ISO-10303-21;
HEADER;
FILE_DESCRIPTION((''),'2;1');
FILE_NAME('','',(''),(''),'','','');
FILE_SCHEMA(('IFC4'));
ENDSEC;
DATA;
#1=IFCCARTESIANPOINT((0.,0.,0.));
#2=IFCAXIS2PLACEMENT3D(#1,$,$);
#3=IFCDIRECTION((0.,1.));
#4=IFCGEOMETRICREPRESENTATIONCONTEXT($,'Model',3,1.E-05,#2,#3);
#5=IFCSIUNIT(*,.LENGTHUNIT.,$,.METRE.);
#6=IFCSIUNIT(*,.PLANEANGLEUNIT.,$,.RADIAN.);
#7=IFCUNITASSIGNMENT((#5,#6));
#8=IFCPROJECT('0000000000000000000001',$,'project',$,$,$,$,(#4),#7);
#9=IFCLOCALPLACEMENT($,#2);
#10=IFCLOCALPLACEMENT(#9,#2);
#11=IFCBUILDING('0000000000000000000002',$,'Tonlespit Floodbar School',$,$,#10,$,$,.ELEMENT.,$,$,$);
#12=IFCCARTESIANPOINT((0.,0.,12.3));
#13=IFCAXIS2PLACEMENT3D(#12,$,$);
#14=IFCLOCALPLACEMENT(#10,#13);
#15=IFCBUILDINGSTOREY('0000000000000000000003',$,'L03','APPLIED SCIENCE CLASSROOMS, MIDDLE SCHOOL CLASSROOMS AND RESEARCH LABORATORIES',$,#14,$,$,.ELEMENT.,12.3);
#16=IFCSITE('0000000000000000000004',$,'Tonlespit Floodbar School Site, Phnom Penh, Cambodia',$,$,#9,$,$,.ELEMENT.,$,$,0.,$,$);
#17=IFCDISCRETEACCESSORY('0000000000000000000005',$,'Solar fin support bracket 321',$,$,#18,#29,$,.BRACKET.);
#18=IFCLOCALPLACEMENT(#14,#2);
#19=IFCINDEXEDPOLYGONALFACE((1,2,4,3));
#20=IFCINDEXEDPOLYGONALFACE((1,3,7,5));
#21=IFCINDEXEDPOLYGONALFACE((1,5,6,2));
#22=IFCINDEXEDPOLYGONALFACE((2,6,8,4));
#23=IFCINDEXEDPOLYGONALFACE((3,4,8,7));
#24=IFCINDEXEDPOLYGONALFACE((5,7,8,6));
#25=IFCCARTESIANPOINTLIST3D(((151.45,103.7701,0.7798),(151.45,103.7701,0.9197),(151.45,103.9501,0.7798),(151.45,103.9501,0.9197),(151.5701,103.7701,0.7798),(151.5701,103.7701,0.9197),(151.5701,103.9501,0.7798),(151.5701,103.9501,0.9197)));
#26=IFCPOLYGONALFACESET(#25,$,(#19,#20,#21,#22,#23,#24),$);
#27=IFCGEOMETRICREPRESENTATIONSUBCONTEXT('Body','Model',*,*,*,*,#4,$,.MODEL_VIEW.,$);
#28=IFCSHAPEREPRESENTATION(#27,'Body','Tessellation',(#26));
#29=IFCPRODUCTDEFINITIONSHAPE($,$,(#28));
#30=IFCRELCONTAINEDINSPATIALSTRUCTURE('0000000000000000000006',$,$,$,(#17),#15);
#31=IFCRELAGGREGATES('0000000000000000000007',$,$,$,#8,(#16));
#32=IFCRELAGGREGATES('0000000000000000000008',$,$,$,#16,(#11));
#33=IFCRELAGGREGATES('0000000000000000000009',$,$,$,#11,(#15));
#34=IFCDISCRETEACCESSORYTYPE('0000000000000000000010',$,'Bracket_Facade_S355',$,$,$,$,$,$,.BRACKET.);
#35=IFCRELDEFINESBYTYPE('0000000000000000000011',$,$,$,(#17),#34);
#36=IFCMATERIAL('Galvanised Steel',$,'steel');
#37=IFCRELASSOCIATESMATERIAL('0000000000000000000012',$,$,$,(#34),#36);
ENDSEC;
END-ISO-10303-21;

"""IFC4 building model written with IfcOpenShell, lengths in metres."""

from ifc_helpers import new_model, si_unit, direction, frame, origin, origin_2d, place, context, subcontext, project, spatial, rectangle, extrude, material, type_object, element, save


model = new_model("IFC4")

# Units and contexts
model_context = context("Model", 3, precision=1e-05, world=origin(), true_north=direction((0.0, 1.0)))
body_context = subcontext(model_context, "Body", "Model", "MODEL_VIEW")
ifc_project = project(units=[si_unit("LENGTHUNIT", "METRE"), si_unit("PLANEANGLEUNIT", "RADIAN")], contexts=[model_context])

# Site, building, storey
site_placement = place(None, origin())
site = spatial("IfcSite", under=ifc_project, at=site_placement, Name="Tonlespit Floodbar School Site, Phnom Penh, Cambodia", CompositionType="ELEMENT", RefElevation=0.0)
building_placement = place(site_placement, origin())
building = spatial("IfcBuilding", under=site, at=building_placement, Name="Tonlespit Floodbar School", CompositionType="ELEMENT")
storey_placement = place(building_placement, frame((0.0, 0.0, 12.3)))
storey = spatial("IfcBuildingStorey", under=building, at=storey_placement, Name="L03", Description="APPLIED SCIENCE CLASSROOMS, MIDDLE SCHOOL CLASSROOMS AND RESEARCH LABORATORIES", CompositionType="ELEMENT", Elevation=12.3)

# Shared definitions
ifc_material_1 = material(Name="Galvanised Steel", Category="steel")

# Discrete accessory
discrete_accessory_type = type_object("IfcDiscreteAccessoryType", Name="Bracket_Facade_S355", PredefinedType="BRACKET", material=ifc_material_1)
discrete_accessory_1_placement = place(storey_placement, frame((151.51, 103.8601, 0.7798), z_axis=(0.0, 0.0, 1.0), x_axis=(-1.0, 0.0, 0.0)))
element("IfcDiscreteAccessory", 1, at=discrete_accessory_1_placement, inside=storey, type_object=discrete_accessory_type, Name="Solar fin support bracket 321", PredefinedType="BRACKET", context=body_context, shape_type="SweptSolid", body=[
    extrude(rectangle(XDim=0.1201, YDim=0.1799, at=origin_2d()), origin(), (0.0, 0.0, 1.0), 0.1399),
])

save(model, "model.ifc")
